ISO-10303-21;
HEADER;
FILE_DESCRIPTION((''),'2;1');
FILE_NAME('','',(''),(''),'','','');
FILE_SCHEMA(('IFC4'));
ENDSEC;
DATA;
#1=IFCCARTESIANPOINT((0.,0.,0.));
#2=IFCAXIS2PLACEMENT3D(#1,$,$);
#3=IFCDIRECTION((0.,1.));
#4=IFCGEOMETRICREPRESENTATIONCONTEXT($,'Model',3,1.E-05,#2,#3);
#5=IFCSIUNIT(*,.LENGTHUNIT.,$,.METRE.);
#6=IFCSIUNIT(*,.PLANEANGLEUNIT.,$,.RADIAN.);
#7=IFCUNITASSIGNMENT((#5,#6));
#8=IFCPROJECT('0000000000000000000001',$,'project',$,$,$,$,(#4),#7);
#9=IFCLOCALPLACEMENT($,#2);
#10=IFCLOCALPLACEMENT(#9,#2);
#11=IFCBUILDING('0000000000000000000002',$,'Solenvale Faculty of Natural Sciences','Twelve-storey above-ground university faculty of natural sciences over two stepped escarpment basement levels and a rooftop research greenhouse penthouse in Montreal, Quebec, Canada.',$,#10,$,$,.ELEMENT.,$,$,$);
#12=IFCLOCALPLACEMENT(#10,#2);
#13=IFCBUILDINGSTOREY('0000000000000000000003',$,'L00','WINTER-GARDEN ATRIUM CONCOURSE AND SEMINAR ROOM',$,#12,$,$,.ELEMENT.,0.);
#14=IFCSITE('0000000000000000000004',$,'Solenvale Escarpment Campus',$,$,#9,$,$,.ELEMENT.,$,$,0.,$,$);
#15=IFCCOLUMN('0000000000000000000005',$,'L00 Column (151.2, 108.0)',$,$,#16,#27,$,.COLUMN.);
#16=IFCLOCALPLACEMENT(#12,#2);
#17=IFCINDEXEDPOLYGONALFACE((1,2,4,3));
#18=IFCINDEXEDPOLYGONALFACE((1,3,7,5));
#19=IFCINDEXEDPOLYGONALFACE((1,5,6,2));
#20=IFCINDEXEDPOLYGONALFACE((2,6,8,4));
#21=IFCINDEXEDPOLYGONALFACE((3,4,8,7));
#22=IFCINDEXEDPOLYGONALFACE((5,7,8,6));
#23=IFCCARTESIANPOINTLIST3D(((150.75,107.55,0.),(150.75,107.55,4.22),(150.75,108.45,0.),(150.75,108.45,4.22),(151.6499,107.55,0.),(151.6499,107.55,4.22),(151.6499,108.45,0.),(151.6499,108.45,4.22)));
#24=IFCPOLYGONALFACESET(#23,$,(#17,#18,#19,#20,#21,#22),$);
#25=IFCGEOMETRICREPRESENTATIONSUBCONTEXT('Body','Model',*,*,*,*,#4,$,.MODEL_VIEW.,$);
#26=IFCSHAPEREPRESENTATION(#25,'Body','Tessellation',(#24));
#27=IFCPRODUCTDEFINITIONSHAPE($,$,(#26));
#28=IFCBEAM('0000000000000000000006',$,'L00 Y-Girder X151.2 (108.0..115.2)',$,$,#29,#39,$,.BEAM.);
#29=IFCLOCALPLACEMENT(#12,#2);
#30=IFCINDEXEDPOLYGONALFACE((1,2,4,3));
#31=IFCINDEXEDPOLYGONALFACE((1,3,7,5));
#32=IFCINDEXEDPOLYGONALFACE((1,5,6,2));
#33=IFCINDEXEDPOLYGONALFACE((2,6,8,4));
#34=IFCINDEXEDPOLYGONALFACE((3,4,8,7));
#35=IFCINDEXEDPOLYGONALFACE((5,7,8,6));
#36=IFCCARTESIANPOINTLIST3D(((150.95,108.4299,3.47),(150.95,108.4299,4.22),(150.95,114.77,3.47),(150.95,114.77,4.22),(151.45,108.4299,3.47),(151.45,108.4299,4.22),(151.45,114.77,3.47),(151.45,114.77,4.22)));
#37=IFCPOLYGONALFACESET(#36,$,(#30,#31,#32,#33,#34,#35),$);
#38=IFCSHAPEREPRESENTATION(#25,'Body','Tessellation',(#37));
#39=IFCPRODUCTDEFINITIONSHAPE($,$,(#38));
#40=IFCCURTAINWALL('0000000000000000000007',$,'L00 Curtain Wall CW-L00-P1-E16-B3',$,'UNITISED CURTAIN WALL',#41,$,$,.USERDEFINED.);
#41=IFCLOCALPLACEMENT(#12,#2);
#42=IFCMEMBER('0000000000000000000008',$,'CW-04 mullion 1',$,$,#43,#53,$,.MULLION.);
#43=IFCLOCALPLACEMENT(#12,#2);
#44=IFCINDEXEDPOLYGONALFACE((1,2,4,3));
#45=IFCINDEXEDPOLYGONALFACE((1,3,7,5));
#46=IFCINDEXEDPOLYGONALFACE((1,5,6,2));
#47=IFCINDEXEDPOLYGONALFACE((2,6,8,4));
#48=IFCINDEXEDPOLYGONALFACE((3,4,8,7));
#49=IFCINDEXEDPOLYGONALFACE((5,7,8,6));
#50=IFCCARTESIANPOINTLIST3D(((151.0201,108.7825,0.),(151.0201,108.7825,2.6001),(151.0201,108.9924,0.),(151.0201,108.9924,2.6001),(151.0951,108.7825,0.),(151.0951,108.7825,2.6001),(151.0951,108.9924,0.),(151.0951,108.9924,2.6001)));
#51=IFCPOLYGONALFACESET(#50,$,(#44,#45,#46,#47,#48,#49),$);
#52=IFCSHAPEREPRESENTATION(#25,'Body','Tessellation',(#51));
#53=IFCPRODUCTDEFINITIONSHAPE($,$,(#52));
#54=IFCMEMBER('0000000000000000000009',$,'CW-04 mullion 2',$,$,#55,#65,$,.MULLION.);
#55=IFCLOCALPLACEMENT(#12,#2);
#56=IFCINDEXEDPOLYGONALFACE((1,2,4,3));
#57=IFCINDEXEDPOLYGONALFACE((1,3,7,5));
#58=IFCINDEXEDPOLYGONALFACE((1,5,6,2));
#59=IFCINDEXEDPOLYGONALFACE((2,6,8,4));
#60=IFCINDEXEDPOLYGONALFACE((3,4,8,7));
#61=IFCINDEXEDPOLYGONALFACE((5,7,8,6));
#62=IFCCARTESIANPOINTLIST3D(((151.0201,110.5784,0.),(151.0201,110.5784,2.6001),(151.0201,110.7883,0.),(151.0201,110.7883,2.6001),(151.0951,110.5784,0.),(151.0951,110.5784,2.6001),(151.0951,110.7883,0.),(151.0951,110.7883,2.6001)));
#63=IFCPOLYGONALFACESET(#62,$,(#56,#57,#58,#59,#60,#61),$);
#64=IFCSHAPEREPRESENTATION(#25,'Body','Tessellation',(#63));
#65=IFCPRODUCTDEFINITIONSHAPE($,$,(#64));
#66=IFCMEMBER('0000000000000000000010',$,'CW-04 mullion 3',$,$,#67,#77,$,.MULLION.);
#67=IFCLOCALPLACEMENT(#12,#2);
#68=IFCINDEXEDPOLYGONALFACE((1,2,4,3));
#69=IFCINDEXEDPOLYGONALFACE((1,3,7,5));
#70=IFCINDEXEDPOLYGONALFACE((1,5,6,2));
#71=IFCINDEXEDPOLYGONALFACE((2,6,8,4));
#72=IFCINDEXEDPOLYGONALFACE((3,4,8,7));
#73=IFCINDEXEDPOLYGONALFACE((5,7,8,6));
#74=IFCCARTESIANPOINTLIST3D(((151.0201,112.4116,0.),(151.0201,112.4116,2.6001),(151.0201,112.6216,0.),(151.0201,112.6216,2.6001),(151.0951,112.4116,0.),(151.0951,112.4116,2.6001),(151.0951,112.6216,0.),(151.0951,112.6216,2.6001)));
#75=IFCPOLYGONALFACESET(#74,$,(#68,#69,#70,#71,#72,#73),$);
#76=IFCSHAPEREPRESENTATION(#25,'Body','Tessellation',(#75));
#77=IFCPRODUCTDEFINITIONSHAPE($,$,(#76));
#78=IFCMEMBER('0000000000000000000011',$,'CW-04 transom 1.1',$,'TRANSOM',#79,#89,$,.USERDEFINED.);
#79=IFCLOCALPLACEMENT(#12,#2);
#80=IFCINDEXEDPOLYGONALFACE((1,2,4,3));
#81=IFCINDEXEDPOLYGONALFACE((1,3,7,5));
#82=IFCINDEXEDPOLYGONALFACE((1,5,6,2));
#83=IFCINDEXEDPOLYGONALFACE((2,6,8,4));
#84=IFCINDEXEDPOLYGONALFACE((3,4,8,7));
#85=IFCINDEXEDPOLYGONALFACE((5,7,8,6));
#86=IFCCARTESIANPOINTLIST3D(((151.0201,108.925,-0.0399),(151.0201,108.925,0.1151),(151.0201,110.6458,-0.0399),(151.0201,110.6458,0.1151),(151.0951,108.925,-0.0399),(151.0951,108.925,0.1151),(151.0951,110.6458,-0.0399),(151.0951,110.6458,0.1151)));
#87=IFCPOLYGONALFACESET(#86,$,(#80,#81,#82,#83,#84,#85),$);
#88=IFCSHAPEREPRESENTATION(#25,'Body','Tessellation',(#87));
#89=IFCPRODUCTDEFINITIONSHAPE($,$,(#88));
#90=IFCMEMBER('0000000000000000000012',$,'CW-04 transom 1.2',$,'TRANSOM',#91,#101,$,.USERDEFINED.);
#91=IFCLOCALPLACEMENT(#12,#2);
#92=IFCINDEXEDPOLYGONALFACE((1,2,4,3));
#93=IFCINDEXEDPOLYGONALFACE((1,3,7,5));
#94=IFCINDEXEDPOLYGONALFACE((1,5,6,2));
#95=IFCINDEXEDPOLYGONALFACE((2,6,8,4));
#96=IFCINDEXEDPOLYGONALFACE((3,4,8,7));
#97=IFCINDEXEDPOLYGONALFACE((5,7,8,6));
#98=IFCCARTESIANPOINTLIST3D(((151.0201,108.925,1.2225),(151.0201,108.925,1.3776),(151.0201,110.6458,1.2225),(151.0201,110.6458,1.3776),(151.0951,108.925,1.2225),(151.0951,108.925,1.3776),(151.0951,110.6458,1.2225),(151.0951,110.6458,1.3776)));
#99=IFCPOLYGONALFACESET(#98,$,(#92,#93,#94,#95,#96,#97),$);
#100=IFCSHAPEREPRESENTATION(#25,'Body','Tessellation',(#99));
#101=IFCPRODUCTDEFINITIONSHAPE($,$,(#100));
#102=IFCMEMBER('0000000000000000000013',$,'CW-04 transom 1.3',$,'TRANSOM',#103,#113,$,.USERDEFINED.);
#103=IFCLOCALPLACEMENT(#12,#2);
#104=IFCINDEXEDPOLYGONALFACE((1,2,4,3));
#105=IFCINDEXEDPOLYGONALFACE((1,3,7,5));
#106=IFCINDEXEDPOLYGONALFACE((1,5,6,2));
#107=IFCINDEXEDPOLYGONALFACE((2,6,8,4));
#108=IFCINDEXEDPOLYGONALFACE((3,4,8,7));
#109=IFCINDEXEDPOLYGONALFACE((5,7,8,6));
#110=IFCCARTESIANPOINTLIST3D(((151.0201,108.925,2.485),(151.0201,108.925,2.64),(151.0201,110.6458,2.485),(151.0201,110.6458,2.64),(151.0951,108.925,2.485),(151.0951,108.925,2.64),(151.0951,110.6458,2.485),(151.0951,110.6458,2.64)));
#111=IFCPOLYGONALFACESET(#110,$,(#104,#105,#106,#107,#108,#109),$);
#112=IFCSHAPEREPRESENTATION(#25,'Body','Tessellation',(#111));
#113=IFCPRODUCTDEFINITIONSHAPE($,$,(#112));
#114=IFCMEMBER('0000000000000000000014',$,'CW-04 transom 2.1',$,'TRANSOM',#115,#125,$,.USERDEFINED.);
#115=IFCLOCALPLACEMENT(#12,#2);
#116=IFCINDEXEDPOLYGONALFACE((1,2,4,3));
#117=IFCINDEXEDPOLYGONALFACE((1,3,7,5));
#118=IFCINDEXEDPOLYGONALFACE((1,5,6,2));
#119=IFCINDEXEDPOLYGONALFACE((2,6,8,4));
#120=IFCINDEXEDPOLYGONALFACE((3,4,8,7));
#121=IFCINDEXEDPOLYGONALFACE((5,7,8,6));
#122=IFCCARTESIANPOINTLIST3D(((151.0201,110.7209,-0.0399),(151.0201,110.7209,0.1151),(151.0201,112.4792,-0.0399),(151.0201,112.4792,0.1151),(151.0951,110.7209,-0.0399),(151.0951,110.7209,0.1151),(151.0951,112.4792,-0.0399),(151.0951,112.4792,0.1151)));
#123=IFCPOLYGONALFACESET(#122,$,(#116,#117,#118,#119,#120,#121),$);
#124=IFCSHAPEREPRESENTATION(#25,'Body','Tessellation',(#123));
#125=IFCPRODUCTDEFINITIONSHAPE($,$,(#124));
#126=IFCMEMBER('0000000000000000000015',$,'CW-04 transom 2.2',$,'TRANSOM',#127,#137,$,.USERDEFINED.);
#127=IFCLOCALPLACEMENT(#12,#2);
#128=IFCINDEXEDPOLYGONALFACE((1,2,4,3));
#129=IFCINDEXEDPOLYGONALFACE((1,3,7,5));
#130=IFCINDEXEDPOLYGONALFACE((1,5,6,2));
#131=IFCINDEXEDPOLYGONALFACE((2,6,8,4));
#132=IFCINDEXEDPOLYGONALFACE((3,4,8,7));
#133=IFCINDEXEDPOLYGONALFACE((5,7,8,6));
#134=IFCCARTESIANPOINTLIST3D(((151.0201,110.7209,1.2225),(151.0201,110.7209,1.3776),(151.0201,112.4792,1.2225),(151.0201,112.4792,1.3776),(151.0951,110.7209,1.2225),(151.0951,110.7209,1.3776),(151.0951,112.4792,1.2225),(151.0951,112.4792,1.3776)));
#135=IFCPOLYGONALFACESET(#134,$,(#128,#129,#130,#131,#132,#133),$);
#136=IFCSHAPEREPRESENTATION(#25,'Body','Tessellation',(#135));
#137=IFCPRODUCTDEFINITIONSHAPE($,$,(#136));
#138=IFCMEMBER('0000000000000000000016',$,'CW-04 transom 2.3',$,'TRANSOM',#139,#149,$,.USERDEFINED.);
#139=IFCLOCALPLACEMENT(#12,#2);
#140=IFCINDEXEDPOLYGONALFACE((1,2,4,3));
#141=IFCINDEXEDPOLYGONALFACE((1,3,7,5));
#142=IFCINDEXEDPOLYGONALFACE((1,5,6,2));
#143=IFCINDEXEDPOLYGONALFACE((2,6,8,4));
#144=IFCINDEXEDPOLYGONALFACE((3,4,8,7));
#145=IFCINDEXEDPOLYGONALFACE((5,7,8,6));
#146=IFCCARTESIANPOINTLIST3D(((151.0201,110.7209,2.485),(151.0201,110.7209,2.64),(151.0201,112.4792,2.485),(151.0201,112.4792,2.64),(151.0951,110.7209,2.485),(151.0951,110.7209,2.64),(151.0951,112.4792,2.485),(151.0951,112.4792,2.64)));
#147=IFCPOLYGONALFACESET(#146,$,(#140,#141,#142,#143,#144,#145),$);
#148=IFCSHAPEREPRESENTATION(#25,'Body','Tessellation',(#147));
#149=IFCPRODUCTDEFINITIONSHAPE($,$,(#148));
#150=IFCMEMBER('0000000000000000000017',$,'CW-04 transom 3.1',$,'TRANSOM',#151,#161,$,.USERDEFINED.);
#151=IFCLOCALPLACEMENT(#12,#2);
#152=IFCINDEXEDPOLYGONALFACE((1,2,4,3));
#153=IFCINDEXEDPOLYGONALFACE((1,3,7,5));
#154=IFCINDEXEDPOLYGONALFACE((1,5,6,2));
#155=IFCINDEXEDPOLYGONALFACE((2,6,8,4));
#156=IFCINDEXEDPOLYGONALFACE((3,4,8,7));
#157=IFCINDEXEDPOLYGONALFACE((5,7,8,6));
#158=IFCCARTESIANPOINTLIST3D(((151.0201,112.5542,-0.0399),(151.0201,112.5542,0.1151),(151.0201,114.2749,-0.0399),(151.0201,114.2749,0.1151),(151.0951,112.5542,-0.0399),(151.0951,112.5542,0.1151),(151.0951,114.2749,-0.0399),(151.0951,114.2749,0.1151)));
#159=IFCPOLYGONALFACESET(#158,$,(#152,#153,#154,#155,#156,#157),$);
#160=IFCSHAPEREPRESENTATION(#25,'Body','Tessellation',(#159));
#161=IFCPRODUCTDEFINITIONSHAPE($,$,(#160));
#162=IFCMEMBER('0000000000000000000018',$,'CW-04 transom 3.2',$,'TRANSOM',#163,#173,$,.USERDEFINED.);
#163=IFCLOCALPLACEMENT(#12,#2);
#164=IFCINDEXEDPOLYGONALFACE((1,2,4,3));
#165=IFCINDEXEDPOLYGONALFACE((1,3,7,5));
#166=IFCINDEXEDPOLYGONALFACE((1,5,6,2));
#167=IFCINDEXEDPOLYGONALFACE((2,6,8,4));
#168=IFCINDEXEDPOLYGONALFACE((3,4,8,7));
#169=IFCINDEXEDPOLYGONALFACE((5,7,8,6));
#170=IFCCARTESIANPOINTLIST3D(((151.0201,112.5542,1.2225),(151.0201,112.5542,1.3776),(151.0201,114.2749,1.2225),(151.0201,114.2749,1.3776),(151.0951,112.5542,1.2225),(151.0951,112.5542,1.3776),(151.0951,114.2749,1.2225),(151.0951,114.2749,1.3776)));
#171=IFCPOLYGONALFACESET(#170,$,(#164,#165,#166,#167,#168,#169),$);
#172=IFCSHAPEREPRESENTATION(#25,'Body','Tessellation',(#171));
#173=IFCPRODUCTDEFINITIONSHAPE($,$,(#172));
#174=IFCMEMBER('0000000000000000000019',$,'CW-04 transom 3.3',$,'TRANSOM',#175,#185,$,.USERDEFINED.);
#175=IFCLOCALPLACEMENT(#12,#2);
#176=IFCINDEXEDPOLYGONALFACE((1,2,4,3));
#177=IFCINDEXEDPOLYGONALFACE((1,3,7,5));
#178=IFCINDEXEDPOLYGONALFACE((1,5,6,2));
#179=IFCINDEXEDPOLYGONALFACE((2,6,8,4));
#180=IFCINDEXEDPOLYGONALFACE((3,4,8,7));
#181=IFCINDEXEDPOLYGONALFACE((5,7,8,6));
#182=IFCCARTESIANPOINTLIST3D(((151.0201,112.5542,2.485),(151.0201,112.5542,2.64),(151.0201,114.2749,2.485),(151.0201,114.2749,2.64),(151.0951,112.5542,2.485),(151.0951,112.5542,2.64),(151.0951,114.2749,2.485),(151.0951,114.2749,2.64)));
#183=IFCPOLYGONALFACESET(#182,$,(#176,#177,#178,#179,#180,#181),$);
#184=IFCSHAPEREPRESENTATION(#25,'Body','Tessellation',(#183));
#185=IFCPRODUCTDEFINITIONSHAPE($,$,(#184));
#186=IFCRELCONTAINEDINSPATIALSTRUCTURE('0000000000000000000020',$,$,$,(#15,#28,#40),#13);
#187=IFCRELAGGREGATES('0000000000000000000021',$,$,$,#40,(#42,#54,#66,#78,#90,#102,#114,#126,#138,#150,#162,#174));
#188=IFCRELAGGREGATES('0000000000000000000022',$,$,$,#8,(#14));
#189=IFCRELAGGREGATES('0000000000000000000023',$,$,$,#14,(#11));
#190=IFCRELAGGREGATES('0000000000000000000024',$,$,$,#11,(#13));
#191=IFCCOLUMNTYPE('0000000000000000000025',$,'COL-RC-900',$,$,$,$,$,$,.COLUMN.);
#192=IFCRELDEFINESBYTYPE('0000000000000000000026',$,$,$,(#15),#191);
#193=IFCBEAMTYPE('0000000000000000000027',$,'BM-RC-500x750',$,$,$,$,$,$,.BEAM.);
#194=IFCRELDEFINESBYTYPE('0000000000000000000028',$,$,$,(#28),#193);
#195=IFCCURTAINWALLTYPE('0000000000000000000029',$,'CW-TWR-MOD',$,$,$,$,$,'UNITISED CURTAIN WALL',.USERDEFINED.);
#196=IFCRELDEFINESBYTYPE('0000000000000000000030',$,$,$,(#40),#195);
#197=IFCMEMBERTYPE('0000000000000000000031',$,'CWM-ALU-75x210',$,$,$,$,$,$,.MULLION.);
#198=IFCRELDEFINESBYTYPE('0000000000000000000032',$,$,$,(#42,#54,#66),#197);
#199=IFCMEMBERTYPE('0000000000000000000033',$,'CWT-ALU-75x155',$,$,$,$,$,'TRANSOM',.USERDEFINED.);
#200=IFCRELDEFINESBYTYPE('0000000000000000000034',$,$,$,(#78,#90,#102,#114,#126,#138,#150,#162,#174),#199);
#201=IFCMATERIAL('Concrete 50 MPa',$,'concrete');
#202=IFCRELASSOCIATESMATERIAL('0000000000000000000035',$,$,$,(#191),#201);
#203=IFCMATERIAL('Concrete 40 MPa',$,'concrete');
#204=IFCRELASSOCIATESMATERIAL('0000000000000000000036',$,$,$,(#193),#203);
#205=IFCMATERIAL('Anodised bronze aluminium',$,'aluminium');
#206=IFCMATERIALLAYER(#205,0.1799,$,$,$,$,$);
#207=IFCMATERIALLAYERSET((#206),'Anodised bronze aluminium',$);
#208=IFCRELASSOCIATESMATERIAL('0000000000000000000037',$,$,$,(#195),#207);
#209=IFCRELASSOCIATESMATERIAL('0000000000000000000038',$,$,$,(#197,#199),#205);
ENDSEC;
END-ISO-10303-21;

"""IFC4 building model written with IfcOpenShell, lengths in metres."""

from ifc_helpers import new_model, si_unit, direction, frame, origin, origin_2d, place, context, subcontext, project, spatial, rectangle, extrude, material, layer, layer_set, material_profile, profile_set, type_object, element, aggregate, save


model = new_model("IFC4")

# Units and contexts
model_context = context("Model", 3, precision=1e-05, world=origin(), true_north=direction((0.0, 1.0)))
body_context = subcontext(model_context, "Body", "Model", "MODEL_VIEW")
ifc_project = project(units=[si_unit("LENGTHUNIT", "METRE"), si_unit("PLANEANGLEUNIT", "RADIAN")], contexts=[model_context])

# Site, building, storey
site_placement = place(None, origin())
site = spatial("IfcSite", under=ifc_project, at=site_placement, Name="Solenvale Escarpment Campus", CompositionType="ELEMENT", RefElevation=0.0)
building_placement = place(site_placement, origin())
building = spatial("IfcBuilding", under=site, at=building_placement, Name="Solenvale Faculty of Natural Sciences", Description="Twelve-storey above-ground university faculty of natural sciences over two stepped escarpment basement levels and a rooftop research greenhouse penthouse in Montreal, Quebec, Canada.", CompositionType="ELEMENT")
storey_placement = place(building_placement, origin())
storey = spatial("IfcBuildingStorey", under=building, at=storey_placement, Name="L00", Description="WINTER-GARDEN ATRIUM CONCOURSE AND SEMINAR ROOM", CompositionType="ELEMENT", Elevation=0.0)

# Column
ifc_material_1 = material(Name="Concrete 50 MPa", Category="concrete")
ifc_material_profile_1 = material_profile(ifc_material_1, rectangle(XDim=0.8999, YDim=0.8999, at=origin_2d()), Name="RC-COL-900x900")
ifc_profile_set_1 = profile_set([ifc_material_profile_1], Name="Concrete 50 MPa")
column_type = type_object("IfcColumnType", Name="COL-RC-900", PredefinedType="COLUMN", material=ifc_profile_set_1)
column_placement = place(storey_placement, frame((151.2, 108.0, 0.0), z_axis=(0.0, 0.0, 1.0), x_axis=(1.0, 0.0, 0.0)))
element("IfcColumn", 1, at=column_placement, inside=storey, type_object=column_type, Name="L00 Column (151.2, 108.0)", PredefinedType="COLUMN", context=body_context, shape_type="SweptSolid", body=[
    extrude(rectangle(XDim=0.8999, YDim=0.8999, at=origin_2d()), origin(), (0.0, 0.0, 1.0), 4.22),
])

# Beam
ifc_material_2 = material(Name="Concrete 40 MPa", Category="concrete")
ifc_material_profile_2 = material_profile(ifc_material_2, rectangle(XDim=0.5, YDim=0.75, at=origin_2d()), Name="RC-BM-500x750")
ifc_profile_set_2 = profile_set([ifc_material_profile_2], Name="Concrete 40 MPa")
beam_type = type_object("IfcBeamType", Name="BM-RC-500x750", PredefinedType="BEAM", material=ifc_profile_set_2)
beam_placement = place(storey_placement, frame((151.2, 108.4299, 3.845), z_axis=(0.0, 1.0, 0.0), x_axis=(-1.0, 0.0, 0.0)))
element("IfcBeam", 2, at=beam_placement, inside=storey, type_object=beam_type, Name="L00 Y-Girder X151.2 (108.0..115.2)", PredefinedType="BEAM", context=body_context, shape_type="SweptSolid", body=[
    extrude(rectangle(XDim=0.5, YDim=0.75, at=origin_2d()), origin(), (0.0, 0.0, 1.0), 6.3401),
])

# Curtain wall, members
ifc_material_3 = material(Name="Anodised bronze aluminium", Category="aluminium")
ifc_layer_1 = layer(ifc_material_3, 0.1799)
ifc_layer_set_1 = layer_set([ifc_layer_1], Name="Anodised bronze aluminium")
curtain_wall_type = type_object("IfcCurtainWallType", Name="CW-TWR-MOD", ElementType="UNITISED CURTAIN WALL", PredefinedType="USERDEFINED", material=ifc_layer_set_1)
curtain_wall_placement = place(storey_placement, origin())
curtain_wall = element("IfcCurtainWall", 3, at=curtain_wall_placement, inside=storey, type_object=curtain_wall_type, Name="L00 Curtain Wall CW-L00-P1-E16-B3", ObjectType="UNITISED CURTAIN WALL", PredefinedType="USERDEFINED")
ifc_material_profile_3 = material_profile(ifc_material_3, rectangle(XDim=0.075, YDim=0.21, at=origin_2d()), Name="ALU-MUL-75x210")
ifc_profile_set_3 = profile_set([ifc_material_profile_3], Name="Anodised bronze aluminium")
member_type_1 = type_object("IfcMemberType", Name="CWM-ALU-75x210", PredefinedType="MULLION", material=ifc_profile_set_3)
member_1_placement = place(storey_placement, frame((151.0576, 108.8875, 0.0), z_axis=(0.0, 0.0, 1.0), x_axis=(-1.0, 0.0, 0.0)))
member_1 = element("IfcMember", 4, at=member_1_placement, type_object=member_type_1, Name="CW-04 mullion 1", PredefinedType="MULLION", context=body_context, shape_type="SweptSolid", body=[
    extrude(rectangle(XDim=0.075, YDim=0.21, at=origin_2d()), origin(), (0.0, 0.0, 1.0), 2.6001),
])
member_2_placement = place(storey_placement, frame((151.0576, 110.6833, 0.0), z_axis=(0.0, 0.0, 1.0), x_axis=(-1.0, 0.0, 0.0)))
member_2 = element("IfcMember", 5, at=member_2_placement, type_object=member_type_1, Name="CW-04 mullion 2", PredefinedType="MULLION", context=body_context, shape_type="SweptSolid", body=[
    extrude(rectangle(XDim=0.075, YDim=0.21, at=origin_2d()), origin(), (0.0, 0.0, 1.0), 2.6001),
])
member_3_placement = place(storey_placement, frame((151.0576, 112.5166, 0.0), z_axis=(0.0, 0.0, 1.0), x_axis=(-1.0, 0.0, 0.0)))
member_3 = element("IfcMember", 6, at=member_3_placement, type_object=member_type_1, Name="CW-04 mullion 3", PredefinedType="MULLION", context=body_context, shape_type="SweptSolid", body=[
    extrude(rectangle(XDim=0.075, YDim=0.21, at=origin_2d()), origin(), (0.0, 0.0, 1.0), 2.6001),
])
ifc_material_profile_4 = material_profile(ifc_material_3, rectangle(XDim=0.075, YDim=0.155, at=origin_2d()), Name="ALU-TRN-75x155")
ifc_profile_set_4 = profile_set([ifc_material_profile_4], Name="Anodised bronze aluminium")
member_type_2 = type_object("IfcMemberType", Name="CWT-ALU-75x155", ElementType="TRANSOM", PredefinedType="USERDEFINED", material=ifc_profile_set_4)
member_4_placement = place(storey_placement, frame((151.0576, 108.925, 0.0376), z_axis=(0.0, 1.0, 0.0), x_axis=(-1.0, 0.0, 0.0)))
member_4 = element("IfcMember", 7, at=member_4_placement, type_object=member_type_2, Name="CW-04 transom 1.1", ObjectType="TRANSOM", PredefinedType="USERDEFINED", context=body_context, shape_type="SweptSolid", body=[
    extrude(rectangle(XDim=0.075, YDim=0.155, at=origin_2d()), origin(), (0.0, 0.0, 1.0), 1.7207),
])
member_5_placement = place(storey_placement, frame((151.0576, 108.925, 1.3), z_axis=(0.0, 1.0, 0.0), x_axis=(-1.0, 0.0, 0.0)))
member_5 = element("IfcMember", 8, at=member_5_placement, type_object=member_type_2, Name="CW-04 transom 1.2", ObjectType="TRANSOM", PredefinedType="USERDEFINED", context=body_context, shape_type="SweptSolid", body=[
    extrude(rectangle(XDim=0.075, YDim=0.155, at=origin_2d()), origin(), (0.0, 0.0, 1.0), 1.7207),
])
member_6_placement = place(storey_placement, frame((151.0576, 108.925, 2.5625), z_axis=(0.0, 1.0, 0.0), x_axis=(-1.0, 0.0, 0.0)))
member_6 = element("IfcMember", 9, at=member_6_placement, type_object=member_type_2, Name="CW-04 transom 1.3", ObjectType="TRANSOM", PredefinedType="USERDEFINED", context=body_context, shape_type="SweptSolid", body=[
    extrude(rectangle(XDim=0.075, YDim=0.155, at=origin_2d()), origin(), (0.0, 0.0, 1.0), 1.7207),
])
member_7_placement = place(storey_placement, frame((151.0576, 110.7209, 0.0376), z_axis=(0.0, 1.0, 0.0), x_axis=(-1.0, 0.0, 0.0)))
member_7 = element("IfcMember", 10, at=member_7_placement, type_object=member_type_2, Name="CW-04 transom 2.1", ObjectType="TRANSOM", PredefinedType="USERDEFINED", context=body_context, shape_type="SweptSolid", body=[
    extrude(rectangle(XDim=0.075, YDim=0.155, at=origin_2d()), origin(), (0.0, 0.0, 1.0), 1.7583),
])
member_8_placement = place(storey_placement, frame((151.0576, 110.7209, 1.3), z_axis=(0.0, 1.0, 0.0), x_axis=(-1.0, 0.0, 0.0)))
member_8 = element("IfcMember", 11, at=member_8_placement, type_object=member_type_2, Name="CW-04 transom 2.2", ObjectType="TRANSOM", PredefinedType="USERDEFINED", context=body_context, shape_type="SweptSolid", body=[
    extrude(rectangle(XDim=0.075, YDim=0.155, at=origin_2d()), origin(), (0.0, 0.0, 1.0), 1.7583),
])
member_9_placement = place(storey_placement, frame((151.0576, 110.7209, 2.5625), z_axis=(0.0, 1.0, 0.0), x_axis=(-1.0, 0.0, 0.0)))
member_9 = element("IfcMember", 12, at=member_9_placement, type_object=member_type_2, Name="CW-04 transom 2.3", ObjectType="TRANSOM", PredefinedType="USERDEFINED", context=body_context, shape_type="SweptSolid", body=[
    extrude(rectangle(XDim=0.075, YDim=0.155, at=origin_2d()), origin(), (0.0, 0.0, 1.0), 1.7583),
])
member_10_placement = place(storey_placement, frame((151.0576, 112.5542, 0.0376), z_axis=(0.0, 1.0, 0.0), x_axis=(-1.0, 0.0, 0.0)))
member_10 = element("IfcMember", 13, at=member_10_placement, type_object=member_type_2, Name="CW-04 transom 3.1", ObjectType="TRANSOM", PredefinedType="USERDEFINED", context=body_context, shape_type="SweptSolid", body=[
    extrude(rectangle(XDim=0.075, YDim=0.155, at=origin_2d()), origin(), (0.0, 0.0, 1.0), 1.7207),
])
member_11_placement = place(storey_placement, frame((151.0576, 112.5542, 1.3), z_axis=(0.0, 1.0, 0.0), x_axis=(-1.0, 0.0, 0.0)))
member_11 = element("IfcMember", 14, at=member_11_placement, type_object=member_type_2, Name="CW-04 transom 3.2", ObjectType="TRANSOM", PredefinedType="USERDEFINED", context=body_context, shape_type="SweptSolid", body=[
    extrude(rectangle(XDim=0.075, YDim=0.155, at=origin_2d()), origin(), (0.0, 0.0, 1.0), 1.7207),
])
member_12_placement = place(storey_placement, frame((151.0576, 112.5542, 2.5625), z_axis=(0.0, 1.0, 0.0), x_axis=(-1.0, 0.0, 0.0)))
member_12 = element("IfcMember", 15, at=member_12_placement, type_object=member_type_2, Name="CW-04 transom 3.3", ObjectType="TRANSOM", PredefinedType="USERDEFINED", context=body_context, shape_type="SweptSolid", body=[
    extrude(rectangle(XDim=0.075, YDim=0.155, at=origin_2d()), origin(), (0.0, 0.0, 1.0), 1.7207),
])
aggregate(curtain_wall, [member_1, member_2, member_3, member_4, member_5, member_6, member_7, member_8, member_9, member_10, member_11, member_12])

save(model, "model.ifc")
